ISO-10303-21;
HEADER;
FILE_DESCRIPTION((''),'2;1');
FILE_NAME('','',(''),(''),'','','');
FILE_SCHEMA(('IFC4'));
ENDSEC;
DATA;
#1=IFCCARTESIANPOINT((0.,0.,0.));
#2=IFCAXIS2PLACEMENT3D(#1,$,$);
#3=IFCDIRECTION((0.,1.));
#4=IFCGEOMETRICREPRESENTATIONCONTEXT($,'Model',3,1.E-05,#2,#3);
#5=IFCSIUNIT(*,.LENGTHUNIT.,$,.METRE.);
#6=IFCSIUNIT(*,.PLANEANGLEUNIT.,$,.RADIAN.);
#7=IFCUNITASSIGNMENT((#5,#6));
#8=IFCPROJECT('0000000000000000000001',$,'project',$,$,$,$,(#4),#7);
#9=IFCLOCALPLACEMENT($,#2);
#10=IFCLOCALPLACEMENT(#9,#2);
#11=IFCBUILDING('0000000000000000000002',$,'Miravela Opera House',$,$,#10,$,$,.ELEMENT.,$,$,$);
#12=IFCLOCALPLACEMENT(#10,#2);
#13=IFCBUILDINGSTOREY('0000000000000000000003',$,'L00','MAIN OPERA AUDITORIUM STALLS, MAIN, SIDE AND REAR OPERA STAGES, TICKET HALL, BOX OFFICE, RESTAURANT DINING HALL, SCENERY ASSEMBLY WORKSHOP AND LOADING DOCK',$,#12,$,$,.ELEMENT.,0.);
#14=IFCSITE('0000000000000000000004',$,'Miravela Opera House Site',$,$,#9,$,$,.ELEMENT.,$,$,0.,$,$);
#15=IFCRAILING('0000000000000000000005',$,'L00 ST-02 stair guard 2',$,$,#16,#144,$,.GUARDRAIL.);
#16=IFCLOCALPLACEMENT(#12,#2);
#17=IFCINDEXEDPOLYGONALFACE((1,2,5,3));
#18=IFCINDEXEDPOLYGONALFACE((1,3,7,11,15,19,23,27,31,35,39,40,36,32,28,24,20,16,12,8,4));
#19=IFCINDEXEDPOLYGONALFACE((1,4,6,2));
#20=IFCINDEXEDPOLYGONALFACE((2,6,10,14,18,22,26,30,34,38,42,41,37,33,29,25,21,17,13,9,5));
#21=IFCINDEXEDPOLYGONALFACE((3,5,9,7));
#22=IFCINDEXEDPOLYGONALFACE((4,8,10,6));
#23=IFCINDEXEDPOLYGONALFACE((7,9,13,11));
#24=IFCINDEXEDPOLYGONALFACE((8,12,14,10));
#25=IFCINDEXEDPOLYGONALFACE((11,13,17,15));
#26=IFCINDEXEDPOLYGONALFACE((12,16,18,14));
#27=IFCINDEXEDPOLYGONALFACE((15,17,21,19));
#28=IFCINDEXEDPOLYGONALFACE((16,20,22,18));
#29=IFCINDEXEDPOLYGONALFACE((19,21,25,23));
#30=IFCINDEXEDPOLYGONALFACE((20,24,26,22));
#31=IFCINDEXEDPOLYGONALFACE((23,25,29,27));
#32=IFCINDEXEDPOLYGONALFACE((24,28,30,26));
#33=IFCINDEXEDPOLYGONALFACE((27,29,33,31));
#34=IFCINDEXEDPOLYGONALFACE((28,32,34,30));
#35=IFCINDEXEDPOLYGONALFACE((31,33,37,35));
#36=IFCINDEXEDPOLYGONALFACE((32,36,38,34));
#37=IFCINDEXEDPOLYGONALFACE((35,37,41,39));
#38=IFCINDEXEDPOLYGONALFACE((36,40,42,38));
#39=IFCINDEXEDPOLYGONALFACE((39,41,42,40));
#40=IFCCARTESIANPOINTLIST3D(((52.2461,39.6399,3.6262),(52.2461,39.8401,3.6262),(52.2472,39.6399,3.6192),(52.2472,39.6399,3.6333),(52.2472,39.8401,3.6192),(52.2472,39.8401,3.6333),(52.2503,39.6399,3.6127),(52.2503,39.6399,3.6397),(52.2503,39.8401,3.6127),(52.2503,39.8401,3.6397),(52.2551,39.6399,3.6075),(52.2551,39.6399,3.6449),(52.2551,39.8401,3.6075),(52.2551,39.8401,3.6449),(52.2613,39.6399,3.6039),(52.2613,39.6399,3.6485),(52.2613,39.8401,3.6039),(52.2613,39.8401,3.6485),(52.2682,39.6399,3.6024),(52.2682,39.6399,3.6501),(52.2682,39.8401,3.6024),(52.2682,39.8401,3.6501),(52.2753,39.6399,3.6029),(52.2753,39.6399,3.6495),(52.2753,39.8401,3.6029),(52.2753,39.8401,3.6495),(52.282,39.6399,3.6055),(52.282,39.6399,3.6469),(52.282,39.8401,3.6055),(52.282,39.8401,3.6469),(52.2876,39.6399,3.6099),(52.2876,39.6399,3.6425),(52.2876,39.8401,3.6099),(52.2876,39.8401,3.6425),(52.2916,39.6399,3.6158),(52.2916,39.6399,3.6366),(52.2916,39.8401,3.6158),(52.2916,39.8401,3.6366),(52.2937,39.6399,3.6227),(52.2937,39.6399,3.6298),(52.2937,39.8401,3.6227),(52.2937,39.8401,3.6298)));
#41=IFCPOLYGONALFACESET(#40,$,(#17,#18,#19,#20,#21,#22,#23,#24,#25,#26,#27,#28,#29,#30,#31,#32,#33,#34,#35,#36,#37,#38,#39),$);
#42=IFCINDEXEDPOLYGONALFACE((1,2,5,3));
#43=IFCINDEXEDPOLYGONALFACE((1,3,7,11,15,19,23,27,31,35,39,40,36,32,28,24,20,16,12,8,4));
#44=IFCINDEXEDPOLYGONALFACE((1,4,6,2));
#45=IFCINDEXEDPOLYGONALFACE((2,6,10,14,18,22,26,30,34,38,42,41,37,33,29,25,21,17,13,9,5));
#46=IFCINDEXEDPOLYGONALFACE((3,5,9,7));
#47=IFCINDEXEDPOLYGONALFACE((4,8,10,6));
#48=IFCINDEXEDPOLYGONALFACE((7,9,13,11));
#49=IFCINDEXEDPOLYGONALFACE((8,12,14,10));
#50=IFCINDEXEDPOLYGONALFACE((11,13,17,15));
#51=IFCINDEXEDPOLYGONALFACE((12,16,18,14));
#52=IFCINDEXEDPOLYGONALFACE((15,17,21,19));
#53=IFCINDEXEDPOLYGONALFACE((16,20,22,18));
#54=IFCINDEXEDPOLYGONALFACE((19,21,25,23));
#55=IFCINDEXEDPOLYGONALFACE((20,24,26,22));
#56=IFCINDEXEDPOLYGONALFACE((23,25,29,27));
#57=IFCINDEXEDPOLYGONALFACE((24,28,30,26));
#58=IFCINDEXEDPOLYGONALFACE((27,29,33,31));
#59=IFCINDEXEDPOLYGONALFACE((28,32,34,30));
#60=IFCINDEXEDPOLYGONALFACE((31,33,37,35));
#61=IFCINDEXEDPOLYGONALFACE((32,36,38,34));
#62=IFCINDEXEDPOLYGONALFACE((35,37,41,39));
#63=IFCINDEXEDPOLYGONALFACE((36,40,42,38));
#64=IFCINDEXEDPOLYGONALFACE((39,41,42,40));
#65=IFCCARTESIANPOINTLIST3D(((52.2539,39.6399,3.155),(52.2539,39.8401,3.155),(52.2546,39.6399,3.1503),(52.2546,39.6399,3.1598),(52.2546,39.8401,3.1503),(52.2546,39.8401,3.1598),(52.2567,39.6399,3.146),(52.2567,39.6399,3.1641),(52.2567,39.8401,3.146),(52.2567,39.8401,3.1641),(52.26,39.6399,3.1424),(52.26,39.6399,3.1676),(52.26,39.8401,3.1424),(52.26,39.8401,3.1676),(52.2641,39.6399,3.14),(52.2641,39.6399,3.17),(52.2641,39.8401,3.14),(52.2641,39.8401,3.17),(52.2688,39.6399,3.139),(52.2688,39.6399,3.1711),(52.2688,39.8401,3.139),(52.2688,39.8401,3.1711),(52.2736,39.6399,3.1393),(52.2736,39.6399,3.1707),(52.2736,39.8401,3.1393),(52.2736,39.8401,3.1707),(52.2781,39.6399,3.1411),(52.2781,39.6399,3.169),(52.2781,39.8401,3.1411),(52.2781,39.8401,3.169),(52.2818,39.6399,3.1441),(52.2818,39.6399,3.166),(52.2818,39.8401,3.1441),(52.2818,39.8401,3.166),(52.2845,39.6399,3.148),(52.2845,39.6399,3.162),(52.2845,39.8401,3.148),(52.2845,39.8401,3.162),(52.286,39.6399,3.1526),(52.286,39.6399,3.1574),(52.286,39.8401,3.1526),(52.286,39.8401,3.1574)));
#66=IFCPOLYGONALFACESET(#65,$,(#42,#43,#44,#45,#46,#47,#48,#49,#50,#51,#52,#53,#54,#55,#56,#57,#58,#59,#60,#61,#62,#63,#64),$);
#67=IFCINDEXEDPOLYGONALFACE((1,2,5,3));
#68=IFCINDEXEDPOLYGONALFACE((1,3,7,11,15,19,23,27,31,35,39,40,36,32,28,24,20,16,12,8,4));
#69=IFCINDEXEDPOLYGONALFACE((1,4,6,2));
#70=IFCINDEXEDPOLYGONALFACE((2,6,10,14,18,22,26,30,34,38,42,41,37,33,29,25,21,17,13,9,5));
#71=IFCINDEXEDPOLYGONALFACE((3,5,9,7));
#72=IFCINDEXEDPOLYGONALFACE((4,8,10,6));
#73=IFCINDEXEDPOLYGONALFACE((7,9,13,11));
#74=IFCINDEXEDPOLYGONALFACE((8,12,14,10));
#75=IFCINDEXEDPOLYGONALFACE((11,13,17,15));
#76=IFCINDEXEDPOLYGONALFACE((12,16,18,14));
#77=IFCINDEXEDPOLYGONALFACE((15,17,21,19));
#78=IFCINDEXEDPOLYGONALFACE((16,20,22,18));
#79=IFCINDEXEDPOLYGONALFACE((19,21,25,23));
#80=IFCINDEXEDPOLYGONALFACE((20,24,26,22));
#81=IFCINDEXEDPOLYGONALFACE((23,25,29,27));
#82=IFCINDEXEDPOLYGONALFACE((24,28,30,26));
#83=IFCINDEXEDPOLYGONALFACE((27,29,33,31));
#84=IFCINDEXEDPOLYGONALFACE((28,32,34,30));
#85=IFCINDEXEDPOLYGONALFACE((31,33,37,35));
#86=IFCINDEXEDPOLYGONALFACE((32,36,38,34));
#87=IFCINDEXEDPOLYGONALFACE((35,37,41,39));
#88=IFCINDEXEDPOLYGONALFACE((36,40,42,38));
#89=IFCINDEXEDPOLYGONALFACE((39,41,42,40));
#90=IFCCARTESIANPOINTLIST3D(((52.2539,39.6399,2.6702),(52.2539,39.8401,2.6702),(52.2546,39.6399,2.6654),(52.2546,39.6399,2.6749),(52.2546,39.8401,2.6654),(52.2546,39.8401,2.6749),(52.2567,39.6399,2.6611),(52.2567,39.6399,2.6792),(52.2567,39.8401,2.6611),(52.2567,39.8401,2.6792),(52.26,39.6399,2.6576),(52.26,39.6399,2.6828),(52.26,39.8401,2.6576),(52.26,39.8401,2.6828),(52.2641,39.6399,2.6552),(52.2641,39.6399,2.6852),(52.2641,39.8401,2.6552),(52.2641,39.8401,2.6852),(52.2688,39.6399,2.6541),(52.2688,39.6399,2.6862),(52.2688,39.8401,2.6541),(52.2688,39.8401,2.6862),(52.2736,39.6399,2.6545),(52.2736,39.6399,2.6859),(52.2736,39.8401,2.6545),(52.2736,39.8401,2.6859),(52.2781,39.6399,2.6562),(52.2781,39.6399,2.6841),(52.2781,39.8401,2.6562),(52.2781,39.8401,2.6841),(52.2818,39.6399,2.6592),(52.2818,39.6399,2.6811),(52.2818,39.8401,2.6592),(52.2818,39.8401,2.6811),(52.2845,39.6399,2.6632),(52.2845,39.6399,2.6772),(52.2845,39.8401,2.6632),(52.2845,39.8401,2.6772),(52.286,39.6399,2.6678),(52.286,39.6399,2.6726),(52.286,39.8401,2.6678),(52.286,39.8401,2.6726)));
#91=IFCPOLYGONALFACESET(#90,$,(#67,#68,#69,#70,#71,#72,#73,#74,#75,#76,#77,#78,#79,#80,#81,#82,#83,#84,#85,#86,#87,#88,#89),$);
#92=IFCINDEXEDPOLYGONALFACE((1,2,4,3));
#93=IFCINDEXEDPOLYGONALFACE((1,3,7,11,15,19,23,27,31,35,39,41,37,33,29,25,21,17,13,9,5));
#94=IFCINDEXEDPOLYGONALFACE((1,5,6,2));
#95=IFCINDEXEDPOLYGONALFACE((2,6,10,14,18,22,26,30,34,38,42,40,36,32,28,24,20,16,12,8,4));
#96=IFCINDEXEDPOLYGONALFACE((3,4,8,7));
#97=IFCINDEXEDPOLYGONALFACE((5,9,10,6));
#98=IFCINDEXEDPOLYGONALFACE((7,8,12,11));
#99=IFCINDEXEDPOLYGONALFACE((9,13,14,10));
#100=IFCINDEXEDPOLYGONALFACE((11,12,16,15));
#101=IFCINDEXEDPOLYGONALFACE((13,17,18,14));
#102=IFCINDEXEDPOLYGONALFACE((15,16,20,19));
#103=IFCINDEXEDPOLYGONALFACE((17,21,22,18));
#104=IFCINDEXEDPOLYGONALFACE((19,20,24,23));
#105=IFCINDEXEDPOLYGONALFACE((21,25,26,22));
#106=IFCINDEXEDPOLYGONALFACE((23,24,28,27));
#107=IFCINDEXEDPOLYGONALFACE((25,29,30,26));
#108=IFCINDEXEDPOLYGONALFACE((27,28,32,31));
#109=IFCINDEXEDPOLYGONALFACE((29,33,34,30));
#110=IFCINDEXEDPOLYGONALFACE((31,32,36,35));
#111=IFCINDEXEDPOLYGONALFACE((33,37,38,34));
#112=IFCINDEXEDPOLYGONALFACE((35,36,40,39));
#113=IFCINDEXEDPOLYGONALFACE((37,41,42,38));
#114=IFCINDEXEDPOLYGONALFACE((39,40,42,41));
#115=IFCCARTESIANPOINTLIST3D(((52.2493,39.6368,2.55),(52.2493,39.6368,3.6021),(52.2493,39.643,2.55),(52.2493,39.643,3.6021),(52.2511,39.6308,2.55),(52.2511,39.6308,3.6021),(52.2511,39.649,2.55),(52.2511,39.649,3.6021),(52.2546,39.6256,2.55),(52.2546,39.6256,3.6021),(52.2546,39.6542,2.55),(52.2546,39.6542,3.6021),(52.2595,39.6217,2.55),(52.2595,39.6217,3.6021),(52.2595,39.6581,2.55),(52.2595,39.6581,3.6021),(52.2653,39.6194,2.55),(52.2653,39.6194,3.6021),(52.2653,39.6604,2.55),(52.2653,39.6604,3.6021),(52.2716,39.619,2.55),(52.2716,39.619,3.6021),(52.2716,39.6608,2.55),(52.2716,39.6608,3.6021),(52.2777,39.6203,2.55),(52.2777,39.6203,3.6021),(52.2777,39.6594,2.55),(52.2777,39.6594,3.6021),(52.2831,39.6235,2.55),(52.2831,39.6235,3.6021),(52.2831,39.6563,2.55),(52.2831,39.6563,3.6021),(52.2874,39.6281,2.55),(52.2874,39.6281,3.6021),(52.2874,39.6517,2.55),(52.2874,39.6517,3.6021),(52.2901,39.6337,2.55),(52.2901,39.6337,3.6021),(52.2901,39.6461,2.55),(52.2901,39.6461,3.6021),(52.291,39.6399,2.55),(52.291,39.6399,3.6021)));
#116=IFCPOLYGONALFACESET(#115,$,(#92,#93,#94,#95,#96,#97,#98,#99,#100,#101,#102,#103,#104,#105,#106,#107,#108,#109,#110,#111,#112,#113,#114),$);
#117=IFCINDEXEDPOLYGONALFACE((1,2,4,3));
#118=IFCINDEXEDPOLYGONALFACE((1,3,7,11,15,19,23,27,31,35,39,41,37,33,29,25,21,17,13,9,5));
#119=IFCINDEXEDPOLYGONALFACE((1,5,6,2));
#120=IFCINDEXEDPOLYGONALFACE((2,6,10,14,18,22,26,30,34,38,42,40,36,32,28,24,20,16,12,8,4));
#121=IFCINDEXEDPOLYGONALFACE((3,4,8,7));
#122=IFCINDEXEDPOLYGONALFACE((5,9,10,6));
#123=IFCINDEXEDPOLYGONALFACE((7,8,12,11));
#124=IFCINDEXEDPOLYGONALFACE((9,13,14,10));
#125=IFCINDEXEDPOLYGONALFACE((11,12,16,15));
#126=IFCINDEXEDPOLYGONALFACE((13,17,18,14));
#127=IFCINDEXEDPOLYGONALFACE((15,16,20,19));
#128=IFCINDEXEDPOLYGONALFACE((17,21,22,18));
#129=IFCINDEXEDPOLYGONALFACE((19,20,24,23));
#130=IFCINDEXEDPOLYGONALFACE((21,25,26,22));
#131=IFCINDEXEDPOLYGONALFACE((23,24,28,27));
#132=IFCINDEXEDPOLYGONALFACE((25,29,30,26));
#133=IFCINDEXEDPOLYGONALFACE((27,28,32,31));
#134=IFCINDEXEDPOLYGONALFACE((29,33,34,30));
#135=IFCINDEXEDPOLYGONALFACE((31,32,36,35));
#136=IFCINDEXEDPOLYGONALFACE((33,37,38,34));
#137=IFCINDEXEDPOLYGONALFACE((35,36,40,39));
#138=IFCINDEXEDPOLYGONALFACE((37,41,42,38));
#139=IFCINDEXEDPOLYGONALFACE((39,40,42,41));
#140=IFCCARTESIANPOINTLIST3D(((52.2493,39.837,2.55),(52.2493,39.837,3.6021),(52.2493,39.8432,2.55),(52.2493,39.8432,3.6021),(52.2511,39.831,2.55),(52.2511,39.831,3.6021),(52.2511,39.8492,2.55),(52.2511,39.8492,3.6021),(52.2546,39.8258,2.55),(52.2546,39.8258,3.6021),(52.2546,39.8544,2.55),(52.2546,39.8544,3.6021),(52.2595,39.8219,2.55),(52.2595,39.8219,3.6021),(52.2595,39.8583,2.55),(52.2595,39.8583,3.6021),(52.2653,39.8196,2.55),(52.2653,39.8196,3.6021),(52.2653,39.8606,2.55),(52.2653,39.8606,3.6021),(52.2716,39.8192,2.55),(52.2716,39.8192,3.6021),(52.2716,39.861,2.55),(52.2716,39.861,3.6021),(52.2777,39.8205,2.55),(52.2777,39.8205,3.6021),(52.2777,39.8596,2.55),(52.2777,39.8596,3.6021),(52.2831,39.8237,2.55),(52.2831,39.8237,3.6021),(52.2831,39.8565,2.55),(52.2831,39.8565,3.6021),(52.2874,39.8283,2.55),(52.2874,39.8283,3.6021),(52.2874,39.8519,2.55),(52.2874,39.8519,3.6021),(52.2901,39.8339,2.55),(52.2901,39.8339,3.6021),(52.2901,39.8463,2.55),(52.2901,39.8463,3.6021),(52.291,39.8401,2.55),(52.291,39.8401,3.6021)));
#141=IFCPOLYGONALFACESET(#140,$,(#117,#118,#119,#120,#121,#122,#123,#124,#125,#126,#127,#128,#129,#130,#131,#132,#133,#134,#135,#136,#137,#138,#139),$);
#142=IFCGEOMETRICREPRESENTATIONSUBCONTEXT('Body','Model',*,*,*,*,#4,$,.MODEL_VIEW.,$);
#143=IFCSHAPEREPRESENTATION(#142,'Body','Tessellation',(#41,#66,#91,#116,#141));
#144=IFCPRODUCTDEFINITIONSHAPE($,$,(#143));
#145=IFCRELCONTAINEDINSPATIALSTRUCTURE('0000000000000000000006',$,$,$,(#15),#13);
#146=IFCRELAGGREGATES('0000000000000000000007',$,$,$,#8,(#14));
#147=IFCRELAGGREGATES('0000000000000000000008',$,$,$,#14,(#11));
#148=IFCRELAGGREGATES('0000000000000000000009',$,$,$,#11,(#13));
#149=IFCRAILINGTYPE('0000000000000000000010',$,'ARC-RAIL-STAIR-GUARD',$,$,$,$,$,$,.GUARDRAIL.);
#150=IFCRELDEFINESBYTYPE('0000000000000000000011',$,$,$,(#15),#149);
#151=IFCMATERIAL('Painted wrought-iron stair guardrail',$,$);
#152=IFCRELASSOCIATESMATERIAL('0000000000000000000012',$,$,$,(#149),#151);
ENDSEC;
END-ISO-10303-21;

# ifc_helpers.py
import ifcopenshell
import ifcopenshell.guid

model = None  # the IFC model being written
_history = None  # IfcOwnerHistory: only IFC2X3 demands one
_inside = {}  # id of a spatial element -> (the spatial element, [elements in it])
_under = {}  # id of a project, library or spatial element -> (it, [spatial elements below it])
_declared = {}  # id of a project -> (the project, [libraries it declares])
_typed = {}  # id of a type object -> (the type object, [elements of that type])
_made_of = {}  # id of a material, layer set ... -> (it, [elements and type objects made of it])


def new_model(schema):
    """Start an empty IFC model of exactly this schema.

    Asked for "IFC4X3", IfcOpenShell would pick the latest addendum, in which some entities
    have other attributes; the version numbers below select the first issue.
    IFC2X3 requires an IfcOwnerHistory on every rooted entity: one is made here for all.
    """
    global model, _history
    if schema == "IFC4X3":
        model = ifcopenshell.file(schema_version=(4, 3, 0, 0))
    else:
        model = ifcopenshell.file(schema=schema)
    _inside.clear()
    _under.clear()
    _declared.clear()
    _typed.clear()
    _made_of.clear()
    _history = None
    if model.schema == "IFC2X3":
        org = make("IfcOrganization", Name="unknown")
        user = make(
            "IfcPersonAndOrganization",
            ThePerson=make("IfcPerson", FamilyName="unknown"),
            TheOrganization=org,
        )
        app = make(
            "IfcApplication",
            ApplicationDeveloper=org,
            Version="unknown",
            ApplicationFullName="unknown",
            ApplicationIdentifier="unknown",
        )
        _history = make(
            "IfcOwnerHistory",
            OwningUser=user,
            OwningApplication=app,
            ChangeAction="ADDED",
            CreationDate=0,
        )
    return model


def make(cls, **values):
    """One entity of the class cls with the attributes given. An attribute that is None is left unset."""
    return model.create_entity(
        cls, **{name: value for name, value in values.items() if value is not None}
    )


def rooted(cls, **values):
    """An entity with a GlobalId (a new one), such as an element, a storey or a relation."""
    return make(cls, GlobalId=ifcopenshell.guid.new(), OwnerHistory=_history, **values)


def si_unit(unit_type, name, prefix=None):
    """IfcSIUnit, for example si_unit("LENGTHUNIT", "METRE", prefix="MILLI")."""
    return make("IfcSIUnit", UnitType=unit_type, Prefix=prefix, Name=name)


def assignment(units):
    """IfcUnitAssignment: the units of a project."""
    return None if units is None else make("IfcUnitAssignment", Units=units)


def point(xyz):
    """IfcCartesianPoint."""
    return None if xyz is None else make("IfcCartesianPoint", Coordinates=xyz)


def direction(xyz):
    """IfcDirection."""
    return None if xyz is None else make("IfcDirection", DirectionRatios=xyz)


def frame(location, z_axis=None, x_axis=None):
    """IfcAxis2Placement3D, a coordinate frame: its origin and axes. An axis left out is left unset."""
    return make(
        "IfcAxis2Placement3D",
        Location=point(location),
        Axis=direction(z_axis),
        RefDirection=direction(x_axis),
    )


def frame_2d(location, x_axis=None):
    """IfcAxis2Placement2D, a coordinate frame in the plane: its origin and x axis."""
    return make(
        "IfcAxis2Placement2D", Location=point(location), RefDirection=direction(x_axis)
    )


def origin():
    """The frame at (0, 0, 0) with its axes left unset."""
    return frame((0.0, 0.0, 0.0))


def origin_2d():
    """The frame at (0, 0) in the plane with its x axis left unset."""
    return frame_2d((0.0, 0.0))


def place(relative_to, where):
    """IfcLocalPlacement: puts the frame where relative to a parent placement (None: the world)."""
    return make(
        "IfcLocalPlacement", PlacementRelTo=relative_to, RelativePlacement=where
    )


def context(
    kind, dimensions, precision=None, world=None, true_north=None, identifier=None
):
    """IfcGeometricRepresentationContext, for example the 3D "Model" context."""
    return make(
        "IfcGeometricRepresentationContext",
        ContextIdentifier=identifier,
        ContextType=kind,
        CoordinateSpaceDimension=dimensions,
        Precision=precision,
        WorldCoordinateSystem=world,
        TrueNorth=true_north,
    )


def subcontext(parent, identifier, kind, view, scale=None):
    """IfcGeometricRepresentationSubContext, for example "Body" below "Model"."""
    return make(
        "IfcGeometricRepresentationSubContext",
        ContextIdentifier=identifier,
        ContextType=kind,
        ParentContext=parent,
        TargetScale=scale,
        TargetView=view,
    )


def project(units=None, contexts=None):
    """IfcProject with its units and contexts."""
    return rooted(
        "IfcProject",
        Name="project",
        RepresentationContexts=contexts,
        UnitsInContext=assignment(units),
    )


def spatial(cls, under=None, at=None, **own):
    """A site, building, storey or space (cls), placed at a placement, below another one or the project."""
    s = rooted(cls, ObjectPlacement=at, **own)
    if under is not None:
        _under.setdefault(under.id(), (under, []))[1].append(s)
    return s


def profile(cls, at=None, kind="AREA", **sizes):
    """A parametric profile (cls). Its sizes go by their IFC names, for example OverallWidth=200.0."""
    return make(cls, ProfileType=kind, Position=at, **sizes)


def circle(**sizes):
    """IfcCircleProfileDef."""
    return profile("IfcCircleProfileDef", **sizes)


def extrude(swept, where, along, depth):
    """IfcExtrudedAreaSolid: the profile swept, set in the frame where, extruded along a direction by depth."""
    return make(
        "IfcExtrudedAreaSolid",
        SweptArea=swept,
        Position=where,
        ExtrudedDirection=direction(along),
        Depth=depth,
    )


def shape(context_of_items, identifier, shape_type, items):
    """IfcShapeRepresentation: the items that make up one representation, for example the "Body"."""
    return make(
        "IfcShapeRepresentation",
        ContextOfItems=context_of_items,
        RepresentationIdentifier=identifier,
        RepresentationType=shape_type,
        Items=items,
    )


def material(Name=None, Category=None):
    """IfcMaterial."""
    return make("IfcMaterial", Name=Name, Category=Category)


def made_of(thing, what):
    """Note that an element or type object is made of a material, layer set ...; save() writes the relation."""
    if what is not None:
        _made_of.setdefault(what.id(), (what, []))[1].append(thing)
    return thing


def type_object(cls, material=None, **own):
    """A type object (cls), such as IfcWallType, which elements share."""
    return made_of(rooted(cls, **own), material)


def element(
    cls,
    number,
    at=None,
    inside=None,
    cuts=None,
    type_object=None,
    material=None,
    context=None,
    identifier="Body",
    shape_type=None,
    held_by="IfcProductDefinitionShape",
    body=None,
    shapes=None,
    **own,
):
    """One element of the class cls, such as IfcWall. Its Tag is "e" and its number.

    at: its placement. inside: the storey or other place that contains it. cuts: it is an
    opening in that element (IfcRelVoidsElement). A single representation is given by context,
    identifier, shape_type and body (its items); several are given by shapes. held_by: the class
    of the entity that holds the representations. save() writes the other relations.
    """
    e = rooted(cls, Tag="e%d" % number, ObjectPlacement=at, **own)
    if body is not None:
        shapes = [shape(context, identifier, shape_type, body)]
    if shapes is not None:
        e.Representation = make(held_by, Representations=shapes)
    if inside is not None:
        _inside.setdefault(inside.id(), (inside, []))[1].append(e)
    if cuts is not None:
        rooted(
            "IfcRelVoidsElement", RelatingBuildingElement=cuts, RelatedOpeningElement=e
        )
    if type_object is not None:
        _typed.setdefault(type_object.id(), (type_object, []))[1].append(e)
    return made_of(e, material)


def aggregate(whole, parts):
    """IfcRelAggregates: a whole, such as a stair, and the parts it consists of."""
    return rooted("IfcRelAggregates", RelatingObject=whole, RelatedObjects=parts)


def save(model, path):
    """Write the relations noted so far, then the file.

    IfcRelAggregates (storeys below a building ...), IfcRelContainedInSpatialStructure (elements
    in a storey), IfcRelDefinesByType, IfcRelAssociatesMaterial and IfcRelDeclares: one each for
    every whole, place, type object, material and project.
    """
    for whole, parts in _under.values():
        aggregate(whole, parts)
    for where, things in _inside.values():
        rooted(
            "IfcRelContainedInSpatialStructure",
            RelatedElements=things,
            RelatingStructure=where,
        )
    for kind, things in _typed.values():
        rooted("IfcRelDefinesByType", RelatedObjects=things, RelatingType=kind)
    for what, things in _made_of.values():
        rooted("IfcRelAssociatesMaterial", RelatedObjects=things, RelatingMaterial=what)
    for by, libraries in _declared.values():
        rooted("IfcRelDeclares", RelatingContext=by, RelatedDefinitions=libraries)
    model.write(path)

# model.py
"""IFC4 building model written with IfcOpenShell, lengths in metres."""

from ifc_helpers import new_model, si_unit, direction, frame, origin, origin_2d, place, context, subcontext, project, spatial, circle, extrude, material, type_object, element, save


model = new_model("IFC4")

# Units and contexts
model_context = context("Model", 3, precision=1e-05, world=origin(), true_north=direction((0.0, 1.0)))
body_context = subcontext(model_context, "Body", "Model", "MODEL_VIEW")
ifc_project = project(units=[si_unit("LENGTHUNIT", "METRE"), si_unit("PLANEANGLEUNIT", "RADIAN")], contexts=[model_context])

# Site, building, storey
site_placement = place(None, origin())
site = spatial("IfcSite", under=ifc_project, at=site_placement, Name="Miravela Opera House Site", CompositionType="ELEMENT", RefElevation=0.0)
building_placement = place(site_placement, origin())
building = spatial("IfcBuilding", under=site, at=building_placement, Name="Miravela Opera House", CompositionType="ELEMENT")
storey_placement = place(building_placement, origin())
storey = spatial("IfcBuildingStorey", under=building, at=storey_placement, Name="L00", Description="MAIN OPERA AUDITORIUM STALLS, MAIN, SIDE AND REAR OPERA STAGES, TICKET HALL, BOX OFFICE, RESTAURANT DINING HALL, SCENERY ASSEMBLY WORKSHOP AND LOADING DOCK", CompositionType="ELEMENT", Elevation=0.0)

# Railing
ifc_material_1 = material(Name="Painted wrought-iron stair guardrail")
railing_type_1 = type_object("IfcRailingType", Name="ARC-RAIL-STAIR-GUARD", PredefinedType="GUARDRAIL", material=ifc_material_1)
railing_1_placement = place(storey_placement, frame((52.27, 39.6399, 2.55)))
element("IfcRailing", 1, at=railing_1_placement, inside=storey, type_object=railing_type_1, Name="L00 ST-02 stair guard 2", PredefinedType="GUARDRAIL", context=body_context, shape_type="SweptSolid", body=[
    extrude(circle(Radius=0.0239, at=origin_2d()), frame((0.0, 0.0, 1.0762), z_axis=(0.0, 1.0, 0.0), x_axis=(-1.0, 0.0, 0.0)), (0.0, 0.0, 1.0), 0.2002),
    extrude(circle(Radius=0.0161, at=origin_2d()), frame((0.0, 0.0, 0.605), z_axis=(0.0, 1.0, 0.0), x_axis=(-1.0, 0.0, 0.0)), (0.0, 0.0, 1.0), 0.2002),
    extrude(circle(Radius=0.0161, at=origin_2d()), frame((0.0, 0.0, 0.1201), z_axis=(0.0, 1.0, 0.0), x_axis=(-1.0, 0.0, 0.0)), (0.0, 0.0, 1.0), 0.2002),
    extrude(circle(Radius=0.021, at=origin_2d()), origin(), (0.0, 0.0, 1.0), 1.052),
    extrude(circle(Radius=0.021, at=origin_2d()), frame((0.0, 0.2002, 0.0)), (0.0, 0.0, 1.0), 1.052),
])

save(model, "model.ifc")
